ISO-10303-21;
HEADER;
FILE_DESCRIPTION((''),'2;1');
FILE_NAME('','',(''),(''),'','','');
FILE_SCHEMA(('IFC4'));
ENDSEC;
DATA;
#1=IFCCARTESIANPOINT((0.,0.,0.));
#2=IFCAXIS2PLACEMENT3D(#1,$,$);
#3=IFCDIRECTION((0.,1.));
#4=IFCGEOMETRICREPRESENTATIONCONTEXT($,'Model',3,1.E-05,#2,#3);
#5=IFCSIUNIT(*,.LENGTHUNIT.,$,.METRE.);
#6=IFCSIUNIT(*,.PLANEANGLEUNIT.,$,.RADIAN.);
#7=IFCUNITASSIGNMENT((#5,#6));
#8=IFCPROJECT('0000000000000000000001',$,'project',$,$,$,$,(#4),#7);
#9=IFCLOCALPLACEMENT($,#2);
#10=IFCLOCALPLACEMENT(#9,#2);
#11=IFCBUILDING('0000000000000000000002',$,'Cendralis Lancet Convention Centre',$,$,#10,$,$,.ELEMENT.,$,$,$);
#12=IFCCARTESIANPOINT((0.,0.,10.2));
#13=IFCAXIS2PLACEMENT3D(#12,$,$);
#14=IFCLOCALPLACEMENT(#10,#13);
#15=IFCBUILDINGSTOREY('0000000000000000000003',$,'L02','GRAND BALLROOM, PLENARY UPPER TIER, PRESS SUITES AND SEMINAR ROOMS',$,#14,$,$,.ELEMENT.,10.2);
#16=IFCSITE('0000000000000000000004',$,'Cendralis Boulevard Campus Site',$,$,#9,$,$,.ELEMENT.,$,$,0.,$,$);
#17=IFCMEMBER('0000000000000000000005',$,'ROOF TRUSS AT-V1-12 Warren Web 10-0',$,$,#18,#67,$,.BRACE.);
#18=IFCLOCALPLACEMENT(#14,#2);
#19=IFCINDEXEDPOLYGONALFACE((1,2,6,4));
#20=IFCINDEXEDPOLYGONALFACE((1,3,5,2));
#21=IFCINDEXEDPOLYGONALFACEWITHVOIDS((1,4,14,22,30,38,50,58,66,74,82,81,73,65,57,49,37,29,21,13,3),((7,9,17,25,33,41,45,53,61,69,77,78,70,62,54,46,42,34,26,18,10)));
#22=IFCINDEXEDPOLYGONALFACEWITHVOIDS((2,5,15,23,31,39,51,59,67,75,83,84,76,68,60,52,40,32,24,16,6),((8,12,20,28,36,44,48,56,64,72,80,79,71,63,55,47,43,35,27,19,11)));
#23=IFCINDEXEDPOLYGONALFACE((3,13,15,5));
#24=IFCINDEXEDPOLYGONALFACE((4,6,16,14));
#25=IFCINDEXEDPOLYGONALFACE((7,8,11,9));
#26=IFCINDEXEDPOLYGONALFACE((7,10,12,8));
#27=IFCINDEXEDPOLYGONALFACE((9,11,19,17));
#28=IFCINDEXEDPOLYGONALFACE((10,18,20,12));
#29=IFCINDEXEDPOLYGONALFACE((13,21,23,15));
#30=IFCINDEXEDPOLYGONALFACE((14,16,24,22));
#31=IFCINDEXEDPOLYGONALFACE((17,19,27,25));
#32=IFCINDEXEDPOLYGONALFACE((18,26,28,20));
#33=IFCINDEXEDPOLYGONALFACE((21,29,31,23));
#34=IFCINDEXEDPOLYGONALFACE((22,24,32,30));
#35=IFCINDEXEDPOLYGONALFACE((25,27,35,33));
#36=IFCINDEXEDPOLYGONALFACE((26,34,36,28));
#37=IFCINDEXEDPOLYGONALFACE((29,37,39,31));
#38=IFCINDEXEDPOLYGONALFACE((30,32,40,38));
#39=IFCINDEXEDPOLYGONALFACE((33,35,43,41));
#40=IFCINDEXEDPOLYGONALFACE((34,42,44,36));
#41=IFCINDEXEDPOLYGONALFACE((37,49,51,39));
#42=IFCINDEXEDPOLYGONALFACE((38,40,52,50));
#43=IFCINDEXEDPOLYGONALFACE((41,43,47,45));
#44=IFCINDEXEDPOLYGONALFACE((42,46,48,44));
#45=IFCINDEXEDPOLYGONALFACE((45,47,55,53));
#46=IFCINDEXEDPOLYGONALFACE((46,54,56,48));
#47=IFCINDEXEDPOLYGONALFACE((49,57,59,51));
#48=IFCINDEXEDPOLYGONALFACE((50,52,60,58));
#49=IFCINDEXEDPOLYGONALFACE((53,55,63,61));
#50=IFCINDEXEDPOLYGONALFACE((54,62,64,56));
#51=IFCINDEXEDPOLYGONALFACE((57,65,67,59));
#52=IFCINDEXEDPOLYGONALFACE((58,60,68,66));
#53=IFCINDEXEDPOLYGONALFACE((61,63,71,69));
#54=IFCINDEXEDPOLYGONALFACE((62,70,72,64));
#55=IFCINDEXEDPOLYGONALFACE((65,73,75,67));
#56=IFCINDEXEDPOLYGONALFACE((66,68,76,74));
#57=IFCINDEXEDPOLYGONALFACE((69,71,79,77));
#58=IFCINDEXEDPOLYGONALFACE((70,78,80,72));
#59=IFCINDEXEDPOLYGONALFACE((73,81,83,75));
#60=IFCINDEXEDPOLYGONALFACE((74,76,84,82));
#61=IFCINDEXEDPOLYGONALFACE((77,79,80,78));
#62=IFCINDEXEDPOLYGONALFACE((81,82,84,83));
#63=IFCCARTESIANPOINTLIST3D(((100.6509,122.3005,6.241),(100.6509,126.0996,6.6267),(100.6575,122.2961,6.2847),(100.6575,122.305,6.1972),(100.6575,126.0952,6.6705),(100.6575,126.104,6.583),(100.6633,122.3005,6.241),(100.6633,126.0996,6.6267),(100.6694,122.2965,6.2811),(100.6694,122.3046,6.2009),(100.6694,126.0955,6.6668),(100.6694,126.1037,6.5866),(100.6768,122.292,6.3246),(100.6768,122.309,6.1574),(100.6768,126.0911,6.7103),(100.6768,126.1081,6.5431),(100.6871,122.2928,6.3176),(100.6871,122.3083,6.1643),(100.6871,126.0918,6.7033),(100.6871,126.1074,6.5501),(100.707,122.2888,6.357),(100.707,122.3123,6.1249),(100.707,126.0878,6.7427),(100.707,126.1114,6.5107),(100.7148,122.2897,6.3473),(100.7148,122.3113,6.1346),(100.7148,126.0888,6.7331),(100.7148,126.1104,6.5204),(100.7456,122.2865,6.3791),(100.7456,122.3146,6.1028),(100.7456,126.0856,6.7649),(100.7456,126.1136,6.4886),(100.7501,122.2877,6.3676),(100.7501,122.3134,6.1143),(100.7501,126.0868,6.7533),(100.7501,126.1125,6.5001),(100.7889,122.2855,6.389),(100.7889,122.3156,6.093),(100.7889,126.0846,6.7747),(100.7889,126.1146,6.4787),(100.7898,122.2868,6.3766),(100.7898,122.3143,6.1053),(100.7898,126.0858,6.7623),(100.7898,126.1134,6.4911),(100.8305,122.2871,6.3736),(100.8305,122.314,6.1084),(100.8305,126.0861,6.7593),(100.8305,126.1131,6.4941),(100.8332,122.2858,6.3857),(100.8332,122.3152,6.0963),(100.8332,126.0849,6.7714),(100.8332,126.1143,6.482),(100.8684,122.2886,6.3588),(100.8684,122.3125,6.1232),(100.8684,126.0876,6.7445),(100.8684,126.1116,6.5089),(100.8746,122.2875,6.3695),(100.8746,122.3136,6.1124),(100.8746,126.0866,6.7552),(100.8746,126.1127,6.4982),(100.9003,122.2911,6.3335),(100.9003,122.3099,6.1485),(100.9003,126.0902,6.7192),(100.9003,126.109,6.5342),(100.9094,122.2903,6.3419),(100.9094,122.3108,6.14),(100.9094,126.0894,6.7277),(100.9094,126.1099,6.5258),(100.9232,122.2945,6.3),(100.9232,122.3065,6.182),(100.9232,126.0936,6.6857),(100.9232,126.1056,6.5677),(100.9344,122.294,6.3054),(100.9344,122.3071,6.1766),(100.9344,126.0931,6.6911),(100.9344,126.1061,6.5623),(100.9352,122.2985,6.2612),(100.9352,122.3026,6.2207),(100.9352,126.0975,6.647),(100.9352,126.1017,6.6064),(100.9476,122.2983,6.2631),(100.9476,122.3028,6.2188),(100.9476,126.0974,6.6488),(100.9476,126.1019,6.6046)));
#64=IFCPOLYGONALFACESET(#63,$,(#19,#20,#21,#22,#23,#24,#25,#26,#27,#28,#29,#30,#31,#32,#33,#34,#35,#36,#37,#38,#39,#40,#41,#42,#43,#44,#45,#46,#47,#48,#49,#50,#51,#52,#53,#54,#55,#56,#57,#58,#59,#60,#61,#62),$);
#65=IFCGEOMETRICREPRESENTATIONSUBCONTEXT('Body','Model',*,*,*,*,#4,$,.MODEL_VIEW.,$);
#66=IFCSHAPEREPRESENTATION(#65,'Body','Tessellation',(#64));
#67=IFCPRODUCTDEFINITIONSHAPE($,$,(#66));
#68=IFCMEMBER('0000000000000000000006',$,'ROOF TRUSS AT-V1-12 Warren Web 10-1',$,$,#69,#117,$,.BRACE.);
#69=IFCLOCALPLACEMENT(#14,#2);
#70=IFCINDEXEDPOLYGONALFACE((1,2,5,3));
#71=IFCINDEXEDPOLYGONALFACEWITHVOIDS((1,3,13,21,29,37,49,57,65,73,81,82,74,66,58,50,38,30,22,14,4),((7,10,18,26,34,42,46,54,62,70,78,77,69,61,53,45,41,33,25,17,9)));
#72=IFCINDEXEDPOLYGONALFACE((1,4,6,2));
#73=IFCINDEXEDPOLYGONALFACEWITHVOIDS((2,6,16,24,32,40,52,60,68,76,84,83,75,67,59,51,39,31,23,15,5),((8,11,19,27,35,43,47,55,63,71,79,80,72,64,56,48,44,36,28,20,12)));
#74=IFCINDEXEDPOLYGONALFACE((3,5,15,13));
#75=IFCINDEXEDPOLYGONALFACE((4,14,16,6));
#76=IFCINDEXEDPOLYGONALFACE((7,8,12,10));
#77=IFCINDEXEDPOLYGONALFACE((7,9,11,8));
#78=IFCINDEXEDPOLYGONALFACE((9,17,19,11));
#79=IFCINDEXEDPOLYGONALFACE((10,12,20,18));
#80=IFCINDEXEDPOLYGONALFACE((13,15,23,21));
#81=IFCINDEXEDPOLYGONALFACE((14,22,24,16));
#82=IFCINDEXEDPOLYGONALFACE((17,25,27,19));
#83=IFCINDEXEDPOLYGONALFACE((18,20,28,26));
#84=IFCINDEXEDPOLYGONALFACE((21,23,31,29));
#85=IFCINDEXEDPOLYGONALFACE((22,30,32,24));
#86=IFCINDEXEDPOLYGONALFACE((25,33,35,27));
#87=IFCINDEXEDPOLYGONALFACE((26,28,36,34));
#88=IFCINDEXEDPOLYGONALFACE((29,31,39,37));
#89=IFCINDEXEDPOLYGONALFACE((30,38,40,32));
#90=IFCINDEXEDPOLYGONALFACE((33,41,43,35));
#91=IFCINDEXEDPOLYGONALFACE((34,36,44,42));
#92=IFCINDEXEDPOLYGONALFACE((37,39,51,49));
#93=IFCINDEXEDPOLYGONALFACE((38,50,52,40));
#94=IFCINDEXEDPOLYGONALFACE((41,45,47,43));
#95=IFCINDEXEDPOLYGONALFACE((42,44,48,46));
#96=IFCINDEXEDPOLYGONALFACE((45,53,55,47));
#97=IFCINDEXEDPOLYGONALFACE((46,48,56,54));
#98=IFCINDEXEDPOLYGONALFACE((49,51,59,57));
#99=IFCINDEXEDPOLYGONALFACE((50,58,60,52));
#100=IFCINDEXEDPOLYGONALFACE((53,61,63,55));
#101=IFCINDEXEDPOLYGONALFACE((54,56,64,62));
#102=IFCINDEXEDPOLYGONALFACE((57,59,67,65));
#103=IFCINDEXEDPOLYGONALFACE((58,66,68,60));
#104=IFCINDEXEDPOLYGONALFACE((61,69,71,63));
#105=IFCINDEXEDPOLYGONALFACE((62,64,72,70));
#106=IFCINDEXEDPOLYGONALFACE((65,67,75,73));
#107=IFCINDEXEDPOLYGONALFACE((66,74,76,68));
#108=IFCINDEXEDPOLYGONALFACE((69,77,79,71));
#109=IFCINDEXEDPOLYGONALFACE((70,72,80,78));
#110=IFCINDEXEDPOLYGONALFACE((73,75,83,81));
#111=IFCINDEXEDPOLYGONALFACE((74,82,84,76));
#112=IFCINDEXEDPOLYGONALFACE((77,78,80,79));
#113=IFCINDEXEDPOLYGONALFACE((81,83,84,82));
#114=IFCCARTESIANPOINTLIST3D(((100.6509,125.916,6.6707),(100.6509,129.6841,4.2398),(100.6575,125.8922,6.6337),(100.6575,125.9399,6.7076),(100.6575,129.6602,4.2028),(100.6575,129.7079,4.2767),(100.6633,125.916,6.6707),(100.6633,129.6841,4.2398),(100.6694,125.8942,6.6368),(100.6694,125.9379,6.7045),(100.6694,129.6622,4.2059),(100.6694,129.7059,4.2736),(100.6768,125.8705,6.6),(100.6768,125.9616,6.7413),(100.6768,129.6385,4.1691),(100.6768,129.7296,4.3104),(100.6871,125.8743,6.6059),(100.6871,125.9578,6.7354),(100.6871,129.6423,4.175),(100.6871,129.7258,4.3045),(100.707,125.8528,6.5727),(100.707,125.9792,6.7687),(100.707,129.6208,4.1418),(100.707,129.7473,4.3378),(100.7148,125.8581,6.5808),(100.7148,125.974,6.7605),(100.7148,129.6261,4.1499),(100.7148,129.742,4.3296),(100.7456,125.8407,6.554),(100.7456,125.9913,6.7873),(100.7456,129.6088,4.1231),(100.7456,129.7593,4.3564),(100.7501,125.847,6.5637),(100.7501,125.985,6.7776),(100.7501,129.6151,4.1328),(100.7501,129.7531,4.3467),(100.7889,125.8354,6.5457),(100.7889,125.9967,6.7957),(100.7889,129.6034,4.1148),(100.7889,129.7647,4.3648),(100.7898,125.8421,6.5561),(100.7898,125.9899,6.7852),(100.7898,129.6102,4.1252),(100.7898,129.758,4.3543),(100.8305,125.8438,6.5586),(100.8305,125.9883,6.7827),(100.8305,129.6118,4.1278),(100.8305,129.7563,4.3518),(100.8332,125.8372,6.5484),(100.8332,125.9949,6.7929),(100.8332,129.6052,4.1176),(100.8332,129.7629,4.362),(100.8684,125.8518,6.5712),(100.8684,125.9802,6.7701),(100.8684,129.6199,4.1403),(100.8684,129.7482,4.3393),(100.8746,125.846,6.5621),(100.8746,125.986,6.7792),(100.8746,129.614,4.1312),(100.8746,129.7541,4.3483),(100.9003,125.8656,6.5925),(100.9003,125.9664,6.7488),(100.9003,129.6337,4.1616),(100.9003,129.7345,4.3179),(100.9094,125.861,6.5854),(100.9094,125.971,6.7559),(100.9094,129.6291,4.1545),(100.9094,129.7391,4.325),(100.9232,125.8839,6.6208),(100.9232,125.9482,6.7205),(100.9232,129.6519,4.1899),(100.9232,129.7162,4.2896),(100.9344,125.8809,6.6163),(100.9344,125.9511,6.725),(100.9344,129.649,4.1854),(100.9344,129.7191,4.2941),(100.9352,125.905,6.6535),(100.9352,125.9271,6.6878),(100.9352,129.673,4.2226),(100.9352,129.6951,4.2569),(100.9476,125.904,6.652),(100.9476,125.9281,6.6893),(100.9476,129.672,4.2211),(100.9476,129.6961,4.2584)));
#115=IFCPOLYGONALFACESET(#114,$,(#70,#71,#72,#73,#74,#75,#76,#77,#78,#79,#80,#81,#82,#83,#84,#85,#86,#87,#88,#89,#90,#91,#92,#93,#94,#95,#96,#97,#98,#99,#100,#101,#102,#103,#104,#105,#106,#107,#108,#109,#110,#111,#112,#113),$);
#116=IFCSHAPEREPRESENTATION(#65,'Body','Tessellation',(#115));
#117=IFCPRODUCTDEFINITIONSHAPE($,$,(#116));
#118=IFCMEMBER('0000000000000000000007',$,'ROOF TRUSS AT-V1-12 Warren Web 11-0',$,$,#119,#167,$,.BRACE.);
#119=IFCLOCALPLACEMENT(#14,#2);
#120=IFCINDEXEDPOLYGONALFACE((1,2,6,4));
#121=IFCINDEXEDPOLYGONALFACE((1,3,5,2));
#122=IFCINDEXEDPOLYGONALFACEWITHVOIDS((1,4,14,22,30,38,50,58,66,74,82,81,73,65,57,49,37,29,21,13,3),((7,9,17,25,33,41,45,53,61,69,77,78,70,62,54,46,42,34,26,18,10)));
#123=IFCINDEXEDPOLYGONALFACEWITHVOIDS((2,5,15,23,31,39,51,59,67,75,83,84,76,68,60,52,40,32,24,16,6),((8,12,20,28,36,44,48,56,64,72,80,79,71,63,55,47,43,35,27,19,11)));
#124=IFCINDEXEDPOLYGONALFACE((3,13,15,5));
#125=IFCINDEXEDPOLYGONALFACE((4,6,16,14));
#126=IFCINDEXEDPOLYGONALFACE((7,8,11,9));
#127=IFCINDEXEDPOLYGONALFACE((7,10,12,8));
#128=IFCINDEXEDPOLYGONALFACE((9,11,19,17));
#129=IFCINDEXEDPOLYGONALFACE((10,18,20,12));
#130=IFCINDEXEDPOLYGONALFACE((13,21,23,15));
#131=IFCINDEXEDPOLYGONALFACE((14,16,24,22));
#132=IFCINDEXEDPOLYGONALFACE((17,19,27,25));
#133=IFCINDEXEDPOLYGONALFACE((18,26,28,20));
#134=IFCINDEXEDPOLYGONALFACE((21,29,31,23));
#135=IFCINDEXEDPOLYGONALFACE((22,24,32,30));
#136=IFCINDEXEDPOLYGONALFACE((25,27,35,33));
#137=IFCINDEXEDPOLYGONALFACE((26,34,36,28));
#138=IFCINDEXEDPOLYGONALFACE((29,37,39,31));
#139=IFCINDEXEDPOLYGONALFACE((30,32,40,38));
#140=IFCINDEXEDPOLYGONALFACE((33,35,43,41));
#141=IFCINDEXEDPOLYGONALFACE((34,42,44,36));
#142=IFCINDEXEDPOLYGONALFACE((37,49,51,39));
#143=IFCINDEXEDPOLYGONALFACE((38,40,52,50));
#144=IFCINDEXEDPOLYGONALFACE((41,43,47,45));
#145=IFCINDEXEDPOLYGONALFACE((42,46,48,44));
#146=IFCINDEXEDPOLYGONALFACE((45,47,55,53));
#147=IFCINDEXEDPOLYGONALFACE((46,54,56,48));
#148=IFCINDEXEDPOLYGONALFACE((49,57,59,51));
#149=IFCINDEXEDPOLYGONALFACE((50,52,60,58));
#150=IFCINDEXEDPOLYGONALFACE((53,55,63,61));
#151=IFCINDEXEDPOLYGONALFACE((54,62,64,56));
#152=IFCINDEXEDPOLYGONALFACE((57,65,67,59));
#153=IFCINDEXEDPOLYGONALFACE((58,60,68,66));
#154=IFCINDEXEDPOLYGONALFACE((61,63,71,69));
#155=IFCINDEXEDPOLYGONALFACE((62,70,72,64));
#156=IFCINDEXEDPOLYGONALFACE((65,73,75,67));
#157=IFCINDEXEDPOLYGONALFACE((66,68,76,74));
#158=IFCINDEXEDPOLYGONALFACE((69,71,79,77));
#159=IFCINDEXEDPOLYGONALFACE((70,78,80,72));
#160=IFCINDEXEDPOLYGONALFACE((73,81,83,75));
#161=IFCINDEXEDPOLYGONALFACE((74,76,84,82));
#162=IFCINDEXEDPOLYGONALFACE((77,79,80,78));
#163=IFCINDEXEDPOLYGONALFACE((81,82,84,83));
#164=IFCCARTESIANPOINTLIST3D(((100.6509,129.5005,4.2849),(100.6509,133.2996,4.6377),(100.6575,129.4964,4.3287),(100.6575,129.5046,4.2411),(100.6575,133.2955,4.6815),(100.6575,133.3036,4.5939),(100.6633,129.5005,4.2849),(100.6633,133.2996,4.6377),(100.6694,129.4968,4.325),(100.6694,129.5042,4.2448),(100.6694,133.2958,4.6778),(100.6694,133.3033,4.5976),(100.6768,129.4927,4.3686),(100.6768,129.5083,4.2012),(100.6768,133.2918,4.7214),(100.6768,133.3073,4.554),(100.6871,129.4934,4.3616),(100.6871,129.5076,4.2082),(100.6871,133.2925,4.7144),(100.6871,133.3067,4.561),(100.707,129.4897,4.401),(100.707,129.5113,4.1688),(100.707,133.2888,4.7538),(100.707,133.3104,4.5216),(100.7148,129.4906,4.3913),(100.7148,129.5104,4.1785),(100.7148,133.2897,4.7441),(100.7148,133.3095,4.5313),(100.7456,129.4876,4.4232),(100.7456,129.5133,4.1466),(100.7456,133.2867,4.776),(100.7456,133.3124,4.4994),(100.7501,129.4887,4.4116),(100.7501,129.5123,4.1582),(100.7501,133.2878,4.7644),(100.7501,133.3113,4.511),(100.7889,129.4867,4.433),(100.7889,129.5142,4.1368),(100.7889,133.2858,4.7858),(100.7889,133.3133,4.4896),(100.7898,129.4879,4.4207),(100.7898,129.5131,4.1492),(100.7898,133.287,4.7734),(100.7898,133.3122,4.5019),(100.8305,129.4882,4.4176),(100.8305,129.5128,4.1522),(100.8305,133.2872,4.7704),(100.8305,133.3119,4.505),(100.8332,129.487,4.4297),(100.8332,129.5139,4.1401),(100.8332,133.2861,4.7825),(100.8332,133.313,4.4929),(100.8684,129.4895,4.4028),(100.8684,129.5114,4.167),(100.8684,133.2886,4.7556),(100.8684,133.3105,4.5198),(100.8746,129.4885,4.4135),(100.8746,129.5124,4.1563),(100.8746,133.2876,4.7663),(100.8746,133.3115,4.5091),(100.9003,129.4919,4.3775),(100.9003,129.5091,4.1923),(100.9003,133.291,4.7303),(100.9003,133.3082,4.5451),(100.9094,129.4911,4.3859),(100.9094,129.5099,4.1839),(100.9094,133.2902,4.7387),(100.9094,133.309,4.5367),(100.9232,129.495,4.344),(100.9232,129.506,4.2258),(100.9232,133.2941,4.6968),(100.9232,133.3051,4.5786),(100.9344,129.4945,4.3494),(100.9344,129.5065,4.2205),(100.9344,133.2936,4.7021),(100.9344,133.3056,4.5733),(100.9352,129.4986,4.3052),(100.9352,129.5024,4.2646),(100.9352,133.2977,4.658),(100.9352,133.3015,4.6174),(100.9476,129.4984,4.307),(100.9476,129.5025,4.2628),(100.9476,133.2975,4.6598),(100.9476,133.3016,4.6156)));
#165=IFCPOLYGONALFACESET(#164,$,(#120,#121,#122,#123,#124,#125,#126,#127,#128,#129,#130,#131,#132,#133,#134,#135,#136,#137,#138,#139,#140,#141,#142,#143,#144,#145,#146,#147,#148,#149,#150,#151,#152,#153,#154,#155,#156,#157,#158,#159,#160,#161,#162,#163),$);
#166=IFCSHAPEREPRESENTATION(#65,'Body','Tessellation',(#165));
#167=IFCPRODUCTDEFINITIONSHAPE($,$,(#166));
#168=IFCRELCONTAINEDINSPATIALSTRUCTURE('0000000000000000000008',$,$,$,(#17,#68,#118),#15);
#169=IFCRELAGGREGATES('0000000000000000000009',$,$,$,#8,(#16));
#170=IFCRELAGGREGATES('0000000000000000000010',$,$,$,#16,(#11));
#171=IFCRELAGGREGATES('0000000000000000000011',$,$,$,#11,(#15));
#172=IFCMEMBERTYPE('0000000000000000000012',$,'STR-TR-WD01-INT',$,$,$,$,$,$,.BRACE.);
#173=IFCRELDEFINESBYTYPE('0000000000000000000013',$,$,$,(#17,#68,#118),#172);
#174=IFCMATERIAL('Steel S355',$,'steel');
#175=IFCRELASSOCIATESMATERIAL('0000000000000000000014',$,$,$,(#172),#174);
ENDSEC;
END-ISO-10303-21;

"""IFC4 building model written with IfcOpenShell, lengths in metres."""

from ifc_helpers import new_model, si_unit, direction, frame, origin, origin_2d, place, context, subcontext, project, spatial, hollow_circle, extrude, material, material_profile, profile_set, type_object, element, save


model = new_model("IFC4")

# Units and contexts
model_context = context("Model", 3, precision=1e-05, world=origin(), true_north=direction((0.0, 1.0)))
body_context = subcontext(model_context, "Body", "Model", "MODEL_VIEW")
ifc_project = project(units=[si_unit("LENGTHUNIT", "METRE"), si_unit("PLANEANGLEUNIT", "RADIAN")], contexts=[model_context])

# Site, building, storey
site_placement = place(None, origin())
site = spatial("IfcSite", under=ifc_project, at=site_placement, Name="Cendralis Boulevard Campus Site", CompositionType="ELEMENT", RefElevation=0.0)
building_placement = place(site_placement, origin())
building = spatial("IfcBuilding", under=site, at=building_placement, Name="Cendralis Lancet Convention Centre", CompositionType="ELEMENT")
storey_placement = place(building_placement, frame((0.0, 0.0, 10.2)))
storey = spatial("IfcBuildingStorey", under=building, at=storey_placement, Name="L02", Description="GRAND BALLROOM, PLENARY UPPER TIER, PRESS SUITES AND SEMINAR ROOMS", CompositionType="ELEMENT", Elevation=10.2)

# Members
ifc_material_1 = material(Name="Steel S355", Category="steel")
ifc_material_profile_1 = material_profile(ifc_material_1, hollow_circle(Radius=0.1492, WallThickness=0.0125, at=origin_2d()), Name="CHS 298.5x12.5")
ifc_profile_set_1 = profile_set([ifc_material_profile_1], Name="Steel S355")
member_type_1 = type_object("IfcMemberType", Name="STR-TR-WD01-INT", PredefinedType="BRACE", material=ifc_profile_set_1)
member_1_placement = place(storey_placement, frame((100.8, 122.3005, 6.241), z_axis=(0.0, 0.994885, 0.101017), x_axis=(-1.0, 0.0, 0.0)))
element("IfcMember", 1, at=member_1_placement, inside=storey, type_object=member_type_1, Name="ROOF TRUSS AT-V1-12 Warren Web 10-0", PredefinedType="BRACE", context=body_context, shape_type="SweptSolid", body=[
    extrude(hollow_circle(Radius=0.1492, WallThickness=0.0125, at=origin_2d()), origin(), (0.0, 0.0, 1.0), 3.8186),
])
member_2_placement = place(storey_placement, frame((100.8, 125.916, 6.6707), z_axis=(0.0, 0.840307, -0.542111), x_axis=(-1.0, 0.0, 0.0)))
element("IfcMember", 2, at=member_2_placement, inside=storey, type_object=member_type_1, Name="ROOF TRUSS AT-V1-12 Warren Web 10-1", PredefinedType="BRACE", context=body_context, shape_type="SweptSolid", body=[
    extrude(hollow_circle(Radius=0.1492, WallThickness=0.0125, at=origin_2d()), origin(), (0.0, 0.0, 1.0), 4.4841),
])
member_3_placement = place(storey_placement, frame((100.8, 129.5005, 4.2849), z_axis=(0.0, 0.995716, 0.092463), x_axis=(-1.0, 0.0, 0.0)))
element("IfcMember", 3, at=member_3_placement, inside=storey, type_object=member_type_1, Name="ROOF TRUSS AT-V1-12 Warren Web 11-0", PredefinedType="BRACE", context=body_context, shape_type="SweptSolid", body=[
    extrude(hollow_circle(Radius=0.1492, WallThickness=0.0125, at=origin_2d()), origin(), (0.0, 0.0, 1.0), 3.8154),
])

save(model, "model.ifc")
